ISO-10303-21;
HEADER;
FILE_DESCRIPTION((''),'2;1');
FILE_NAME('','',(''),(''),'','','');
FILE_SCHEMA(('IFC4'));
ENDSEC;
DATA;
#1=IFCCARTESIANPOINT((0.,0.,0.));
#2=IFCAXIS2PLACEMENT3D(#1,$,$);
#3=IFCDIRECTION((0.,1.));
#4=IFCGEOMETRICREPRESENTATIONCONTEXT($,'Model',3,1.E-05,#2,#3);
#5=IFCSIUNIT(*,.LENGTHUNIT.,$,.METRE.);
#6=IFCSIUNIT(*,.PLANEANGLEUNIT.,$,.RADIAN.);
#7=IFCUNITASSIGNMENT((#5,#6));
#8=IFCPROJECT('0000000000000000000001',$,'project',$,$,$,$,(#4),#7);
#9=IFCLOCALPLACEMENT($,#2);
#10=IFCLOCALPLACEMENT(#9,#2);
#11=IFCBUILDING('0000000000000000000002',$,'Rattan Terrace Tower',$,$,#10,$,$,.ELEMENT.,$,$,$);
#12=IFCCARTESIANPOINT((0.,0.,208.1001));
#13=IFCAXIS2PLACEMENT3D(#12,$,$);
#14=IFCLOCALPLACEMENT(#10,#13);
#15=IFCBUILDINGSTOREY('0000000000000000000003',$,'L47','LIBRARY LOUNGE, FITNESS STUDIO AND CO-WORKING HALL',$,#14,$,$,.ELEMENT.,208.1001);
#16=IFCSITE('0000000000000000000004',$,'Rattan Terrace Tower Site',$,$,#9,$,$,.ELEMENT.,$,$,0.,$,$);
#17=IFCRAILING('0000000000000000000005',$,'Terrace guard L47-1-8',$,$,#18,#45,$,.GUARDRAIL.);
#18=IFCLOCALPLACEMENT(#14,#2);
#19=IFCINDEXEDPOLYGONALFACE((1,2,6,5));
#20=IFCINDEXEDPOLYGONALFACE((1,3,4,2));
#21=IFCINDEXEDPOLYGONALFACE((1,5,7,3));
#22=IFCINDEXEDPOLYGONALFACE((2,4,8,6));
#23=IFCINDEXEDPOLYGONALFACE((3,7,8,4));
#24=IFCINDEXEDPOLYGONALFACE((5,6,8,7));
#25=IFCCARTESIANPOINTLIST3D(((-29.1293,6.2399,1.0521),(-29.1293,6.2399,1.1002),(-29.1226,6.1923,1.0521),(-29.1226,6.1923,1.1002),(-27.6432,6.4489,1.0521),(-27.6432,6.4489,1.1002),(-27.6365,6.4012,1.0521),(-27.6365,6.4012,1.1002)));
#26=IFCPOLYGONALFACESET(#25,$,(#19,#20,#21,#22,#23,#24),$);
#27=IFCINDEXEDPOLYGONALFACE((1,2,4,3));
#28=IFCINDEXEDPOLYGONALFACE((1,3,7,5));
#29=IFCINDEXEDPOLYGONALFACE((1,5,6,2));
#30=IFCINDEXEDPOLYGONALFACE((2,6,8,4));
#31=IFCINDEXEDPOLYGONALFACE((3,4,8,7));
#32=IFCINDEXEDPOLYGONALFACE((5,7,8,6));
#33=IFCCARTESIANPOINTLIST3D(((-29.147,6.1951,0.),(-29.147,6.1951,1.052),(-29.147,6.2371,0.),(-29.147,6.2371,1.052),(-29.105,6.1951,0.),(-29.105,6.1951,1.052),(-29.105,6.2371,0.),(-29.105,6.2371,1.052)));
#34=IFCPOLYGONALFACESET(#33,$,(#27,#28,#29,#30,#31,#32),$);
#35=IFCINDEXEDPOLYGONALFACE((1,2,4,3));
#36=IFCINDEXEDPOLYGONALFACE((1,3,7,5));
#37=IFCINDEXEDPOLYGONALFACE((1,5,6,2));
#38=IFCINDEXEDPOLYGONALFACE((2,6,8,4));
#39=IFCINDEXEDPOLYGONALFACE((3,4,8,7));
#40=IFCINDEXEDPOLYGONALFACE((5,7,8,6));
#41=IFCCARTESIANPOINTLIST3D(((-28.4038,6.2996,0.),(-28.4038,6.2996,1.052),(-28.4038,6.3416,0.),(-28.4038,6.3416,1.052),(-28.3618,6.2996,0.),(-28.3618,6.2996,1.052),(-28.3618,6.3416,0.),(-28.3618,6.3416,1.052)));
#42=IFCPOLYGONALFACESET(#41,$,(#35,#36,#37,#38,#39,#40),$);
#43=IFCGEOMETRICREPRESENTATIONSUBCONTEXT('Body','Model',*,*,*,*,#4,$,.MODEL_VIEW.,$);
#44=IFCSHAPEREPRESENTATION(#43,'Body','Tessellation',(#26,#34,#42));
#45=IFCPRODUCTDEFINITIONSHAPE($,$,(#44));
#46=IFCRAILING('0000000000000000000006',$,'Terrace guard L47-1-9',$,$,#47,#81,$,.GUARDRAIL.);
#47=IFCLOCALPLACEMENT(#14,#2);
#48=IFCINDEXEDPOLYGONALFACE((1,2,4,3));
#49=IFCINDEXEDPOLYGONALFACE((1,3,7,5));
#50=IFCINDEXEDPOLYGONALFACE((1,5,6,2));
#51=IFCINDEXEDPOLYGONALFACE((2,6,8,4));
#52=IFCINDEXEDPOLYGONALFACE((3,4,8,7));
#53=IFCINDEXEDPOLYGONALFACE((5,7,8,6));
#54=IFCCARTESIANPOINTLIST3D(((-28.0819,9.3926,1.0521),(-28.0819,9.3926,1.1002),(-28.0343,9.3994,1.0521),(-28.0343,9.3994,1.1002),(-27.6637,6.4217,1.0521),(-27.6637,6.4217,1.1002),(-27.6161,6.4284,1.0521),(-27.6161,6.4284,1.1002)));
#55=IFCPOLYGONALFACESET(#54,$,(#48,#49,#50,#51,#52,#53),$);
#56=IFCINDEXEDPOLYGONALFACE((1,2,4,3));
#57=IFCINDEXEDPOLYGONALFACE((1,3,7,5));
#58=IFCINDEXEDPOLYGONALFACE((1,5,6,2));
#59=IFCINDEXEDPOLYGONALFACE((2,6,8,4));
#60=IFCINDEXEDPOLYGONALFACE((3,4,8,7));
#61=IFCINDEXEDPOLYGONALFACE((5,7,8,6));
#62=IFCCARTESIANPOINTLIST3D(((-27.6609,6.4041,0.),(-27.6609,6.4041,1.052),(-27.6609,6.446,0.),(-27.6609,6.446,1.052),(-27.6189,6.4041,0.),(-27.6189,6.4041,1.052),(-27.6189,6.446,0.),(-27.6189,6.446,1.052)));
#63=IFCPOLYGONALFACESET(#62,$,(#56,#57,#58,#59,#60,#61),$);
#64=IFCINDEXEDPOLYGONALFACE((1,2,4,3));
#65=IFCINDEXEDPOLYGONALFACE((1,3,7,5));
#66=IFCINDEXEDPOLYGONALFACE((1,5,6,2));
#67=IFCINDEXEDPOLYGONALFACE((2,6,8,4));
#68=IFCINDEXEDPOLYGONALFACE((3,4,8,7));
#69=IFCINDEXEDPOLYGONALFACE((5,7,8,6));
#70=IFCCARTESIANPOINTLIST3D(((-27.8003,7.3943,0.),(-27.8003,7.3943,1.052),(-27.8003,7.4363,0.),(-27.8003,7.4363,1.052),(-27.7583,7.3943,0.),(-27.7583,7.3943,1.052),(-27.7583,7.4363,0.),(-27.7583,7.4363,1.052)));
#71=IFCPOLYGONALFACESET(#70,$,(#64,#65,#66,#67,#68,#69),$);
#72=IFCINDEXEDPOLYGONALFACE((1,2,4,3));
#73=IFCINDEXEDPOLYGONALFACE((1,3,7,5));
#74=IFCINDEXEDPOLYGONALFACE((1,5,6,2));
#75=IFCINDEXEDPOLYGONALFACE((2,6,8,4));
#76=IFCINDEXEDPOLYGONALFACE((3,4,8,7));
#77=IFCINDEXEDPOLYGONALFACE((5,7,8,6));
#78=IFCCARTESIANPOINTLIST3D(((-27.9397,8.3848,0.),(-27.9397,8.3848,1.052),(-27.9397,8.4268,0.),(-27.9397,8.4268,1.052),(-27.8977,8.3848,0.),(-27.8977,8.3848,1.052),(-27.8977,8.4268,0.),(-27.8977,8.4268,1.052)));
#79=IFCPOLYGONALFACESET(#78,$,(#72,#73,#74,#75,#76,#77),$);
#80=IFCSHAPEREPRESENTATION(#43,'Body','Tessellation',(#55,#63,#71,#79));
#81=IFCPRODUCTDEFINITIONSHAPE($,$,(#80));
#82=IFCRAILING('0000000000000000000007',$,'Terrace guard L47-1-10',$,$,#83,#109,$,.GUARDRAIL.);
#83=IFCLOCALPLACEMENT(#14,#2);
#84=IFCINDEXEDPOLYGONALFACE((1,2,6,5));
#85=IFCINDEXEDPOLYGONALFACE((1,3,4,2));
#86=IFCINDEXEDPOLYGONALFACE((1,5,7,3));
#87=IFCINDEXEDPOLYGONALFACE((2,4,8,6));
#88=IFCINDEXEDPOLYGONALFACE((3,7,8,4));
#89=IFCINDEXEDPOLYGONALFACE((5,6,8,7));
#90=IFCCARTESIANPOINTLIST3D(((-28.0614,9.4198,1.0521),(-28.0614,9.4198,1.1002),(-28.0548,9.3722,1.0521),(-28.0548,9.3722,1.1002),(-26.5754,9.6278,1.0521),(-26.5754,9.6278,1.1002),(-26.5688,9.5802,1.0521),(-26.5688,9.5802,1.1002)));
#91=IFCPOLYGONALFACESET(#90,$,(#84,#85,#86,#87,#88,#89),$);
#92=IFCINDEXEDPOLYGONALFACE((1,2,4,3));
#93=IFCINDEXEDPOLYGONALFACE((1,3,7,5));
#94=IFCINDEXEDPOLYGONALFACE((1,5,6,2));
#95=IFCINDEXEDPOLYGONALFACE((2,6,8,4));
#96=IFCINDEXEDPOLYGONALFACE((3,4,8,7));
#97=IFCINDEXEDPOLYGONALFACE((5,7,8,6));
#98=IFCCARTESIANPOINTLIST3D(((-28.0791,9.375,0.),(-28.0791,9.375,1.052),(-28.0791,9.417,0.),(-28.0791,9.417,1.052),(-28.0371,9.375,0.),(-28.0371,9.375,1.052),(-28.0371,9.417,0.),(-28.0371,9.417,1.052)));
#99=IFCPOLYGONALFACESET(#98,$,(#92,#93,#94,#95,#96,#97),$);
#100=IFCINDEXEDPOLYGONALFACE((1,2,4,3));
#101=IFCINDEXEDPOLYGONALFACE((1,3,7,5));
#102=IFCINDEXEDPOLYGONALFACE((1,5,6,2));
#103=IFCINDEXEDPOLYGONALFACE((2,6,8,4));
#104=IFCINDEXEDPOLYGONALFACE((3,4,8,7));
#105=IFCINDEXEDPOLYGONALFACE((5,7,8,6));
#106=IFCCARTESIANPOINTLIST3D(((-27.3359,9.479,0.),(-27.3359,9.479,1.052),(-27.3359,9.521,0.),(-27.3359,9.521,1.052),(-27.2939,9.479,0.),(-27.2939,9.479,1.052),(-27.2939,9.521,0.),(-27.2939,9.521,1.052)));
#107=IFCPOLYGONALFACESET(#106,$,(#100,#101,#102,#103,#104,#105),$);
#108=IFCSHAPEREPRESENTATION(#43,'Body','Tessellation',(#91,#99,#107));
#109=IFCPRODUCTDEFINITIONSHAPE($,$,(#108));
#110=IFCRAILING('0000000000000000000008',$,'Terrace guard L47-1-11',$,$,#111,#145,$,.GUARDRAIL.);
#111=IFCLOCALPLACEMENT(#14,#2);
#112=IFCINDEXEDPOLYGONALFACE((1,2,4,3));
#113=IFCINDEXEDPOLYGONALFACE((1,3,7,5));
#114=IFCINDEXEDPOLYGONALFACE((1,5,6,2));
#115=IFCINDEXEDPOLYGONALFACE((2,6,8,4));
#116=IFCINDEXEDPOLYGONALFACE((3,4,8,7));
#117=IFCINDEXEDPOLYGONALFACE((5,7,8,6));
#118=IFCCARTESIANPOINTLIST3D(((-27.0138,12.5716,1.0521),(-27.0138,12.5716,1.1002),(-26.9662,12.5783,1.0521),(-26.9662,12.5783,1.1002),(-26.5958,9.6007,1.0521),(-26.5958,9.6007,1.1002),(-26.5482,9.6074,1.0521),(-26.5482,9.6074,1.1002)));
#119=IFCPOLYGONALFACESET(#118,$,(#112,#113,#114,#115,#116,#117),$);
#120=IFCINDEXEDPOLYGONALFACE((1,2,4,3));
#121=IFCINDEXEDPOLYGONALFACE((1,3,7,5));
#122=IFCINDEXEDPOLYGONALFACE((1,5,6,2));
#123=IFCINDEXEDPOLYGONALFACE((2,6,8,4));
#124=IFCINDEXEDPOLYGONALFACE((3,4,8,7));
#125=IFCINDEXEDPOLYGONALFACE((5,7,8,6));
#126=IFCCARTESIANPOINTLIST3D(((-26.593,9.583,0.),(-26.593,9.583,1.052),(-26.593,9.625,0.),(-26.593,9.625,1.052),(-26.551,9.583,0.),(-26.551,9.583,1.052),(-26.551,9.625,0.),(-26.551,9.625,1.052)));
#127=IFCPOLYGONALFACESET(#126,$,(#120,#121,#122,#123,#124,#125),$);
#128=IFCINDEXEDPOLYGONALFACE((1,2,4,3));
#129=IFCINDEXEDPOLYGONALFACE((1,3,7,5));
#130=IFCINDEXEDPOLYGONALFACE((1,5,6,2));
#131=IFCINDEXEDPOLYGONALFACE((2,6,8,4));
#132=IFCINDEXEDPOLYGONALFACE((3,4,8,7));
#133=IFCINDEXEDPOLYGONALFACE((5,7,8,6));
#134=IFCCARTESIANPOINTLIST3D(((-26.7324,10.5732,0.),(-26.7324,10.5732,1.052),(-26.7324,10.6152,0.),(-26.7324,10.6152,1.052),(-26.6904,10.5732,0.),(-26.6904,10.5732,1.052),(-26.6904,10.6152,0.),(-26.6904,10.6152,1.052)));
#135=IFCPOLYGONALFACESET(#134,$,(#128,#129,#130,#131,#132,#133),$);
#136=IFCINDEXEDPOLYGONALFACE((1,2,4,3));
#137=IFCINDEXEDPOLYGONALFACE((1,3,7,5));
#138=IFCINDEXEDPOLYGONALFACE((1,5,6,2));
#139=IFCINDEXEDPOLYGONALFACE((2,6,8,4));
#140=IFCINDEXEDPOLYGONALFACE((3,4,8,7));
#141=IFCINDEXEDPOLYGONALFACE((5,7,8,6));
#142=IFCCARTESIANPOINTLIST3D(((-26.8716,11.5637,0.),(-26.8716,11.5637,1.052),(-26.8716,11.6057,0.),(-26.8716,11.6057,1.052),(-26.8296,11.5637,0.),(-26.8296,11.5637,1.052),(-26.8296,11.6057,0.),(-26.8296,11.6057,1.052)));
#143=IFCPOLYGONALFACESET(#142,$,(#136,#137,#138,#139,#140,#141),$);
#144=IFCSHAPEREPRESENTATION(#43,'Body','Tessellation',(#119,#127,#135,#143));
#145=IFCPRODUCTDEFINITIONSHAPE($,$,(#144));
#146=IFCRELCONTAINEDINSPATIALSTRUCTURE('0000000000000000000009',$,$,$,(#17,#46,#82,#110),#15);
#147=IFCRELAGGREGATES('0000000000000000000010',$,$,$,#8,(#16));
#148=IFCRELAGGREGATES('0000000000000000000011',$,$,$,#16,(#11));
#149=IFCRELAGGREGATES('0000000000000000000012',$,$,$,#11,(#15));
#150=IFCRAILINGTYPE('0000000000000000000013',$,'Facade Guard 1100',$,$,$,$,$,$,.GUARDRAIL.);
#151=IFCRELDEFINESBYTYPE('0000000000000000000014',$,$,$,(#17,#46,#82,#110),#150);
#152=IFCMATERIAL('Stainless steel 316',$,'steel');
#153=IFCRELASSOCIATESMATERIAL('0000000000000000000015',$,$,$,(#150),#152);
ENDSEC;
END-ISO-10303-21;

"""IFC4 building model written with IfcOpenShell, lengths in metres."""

from ifc_helpers import new_model, si_unit, direction, frame, origin, origin_2d, place, context, subcontext, project, spatial, rectangle, extrude, material, type_object, element, save


model = new_model("IFC4")

# Units and contexts
model_context = context("Model", 3, precision=1e-05, world=origin(), true_north=direction((0.0, 1.0)))
body_context = subcontext(model_context, "Body", "Model", "MODEL_VIEW")
ifc_project = project(units=[si_unit("LENGTHUNIT", "METRE"), si_unit("PLANEANGLEUNIT", "RADIAN")], contexts=[model_context])

# Site, building, storey
site_placement = place(None, origin())
site = spatial("IfcSite", under=ifc_project, at=site_placement, Name="Rattan Terrace Tower Site", CompositionType="ELEMENT", RefElevation=0.0)
building_placement = place(site_placement, origin())
building = spatial("IfcBuilding", under=site, at=building_placement, Name="Rattan Terrace Tower", CompositionType="ELEMENT")
storey_placement = place(building_placement, frame((0.0, 0.0, 208.1001)))
storey = spatial("IfcBuildingStorey", under=building, at=storey_placement, Name="L47", Description="LIBRARY LOUNGE, FITNESS STUDIO AND CO-WORKING HALL", CompositionType="ELEMENT", Elevation=208.1001)

# Railings
ifc_material_1 = material(Name="Stainless steel 316", Category="steel")
railing_type_1 = type_object("IfcRailingType", Name="Facade Guard 1100", PredefinedType="GUARDRAIL", material=ifc_material_1)
railing_1_placement = place(storey_placement, frame((-29.126, 6.2161, 0.0)))
element("IfcRailing", 1, at=railing_1_placement, inside=storey, type_object=railing_type_1, Name="Terrace guard L47-1-8", PredefinedType="GUARDRAIL", context=body_context, shape_type="SweptSolid", body=[
    extrude(rectangle(XDim=0.0481, YDim=0.0481, at=origin_2d()), frame((0.0, 0.0, 1.0762), z_axis=(0.990256, 0.139257, 0.0), x_axis=(-0.139257, 0.990256, 0.0)), (0.0, 0.0, 1.0), 1.5007),
    extrude(rectangle(XDim=0.042, YDim=0.042, at=origin_2d()), origin(), (0.0, 0.0, 1.0), 1.052),
    extrude(rectangle(XDim=0.042, YDim=0.042, at=origin_2d()), frame((0.7432, 0.1045, 0.0)), (0.0, 0.0, 1.0), 1.052),
])
railing_2_placement = place(storey_placement, frame((-27.6399, 6.425, 0.0)))
element("IfcRailing", 2, at=railing_2_placement, inside=storey, type_object=railing_type_1, Name="Terrace guard L47-1-9", PredefinedType="GUARDRAIL", context=body_context, shape_type="SweptSolid", body=[
    extrude(rectangle(XDim=0.0481, YDim=0.0481, at=origin_2d()), frame((0.0, 0.0, 1.0762), z_axis=(-0.139393, 0.990237, 0.0), x_axis=(-0.990237, -0.139393, 0.0)), (0.0, 0.0, 1.0), 3.0002),
    extrude(rectangle(XDim=0.042, YDim=0.042, at=origin_2d()), origin(), (0.0, 0.0, 1.0), 1.052),
    extrude(rectangle(XDim=0.042, YDim=0.042, at=origin_2d()), frame((-0.1394, 0.9902, 0.0)), (0.0, 0.0, 1.0), 1.052),
    extrude(rectangle(XDim=0.042, YDim=0.042, at=origin_2d()), frame((-0.2788, 1.9807, 0.0)), (0.0, 0.0, 1.0), 1.052),
])
railing_3_placement = place(storey_placement, frame((-28.0581, 9.396, 0.0)))
element("IfcRailing", 3, at=railing_3_placement, inside=storey, type_object=railing_type_1, Name="Terrace guard L47-1-10", PredefinedType="GUARDRAIL", context=body_context, shape_type="SweptSolid", body=[
    extrude(rectangle(XDim=0.0481, YDim=0.0481, at=origin_2d()), frame((0.0, 0.0, 1.0762), z_axis=(0.990346, 0.138619, 0.0), x_axis=(-0.138619, 0.990346, 0.0)), (0.0, 0.0, 1.0), 1.5005),
    extrude(rectangle(XDim=0.042, YDim=0.042, at=origin_2d()), origin(), (0.0, 0.0, 1.0), 1.052),
    extrude(rectangle(XDim=0.042, YDim=0.042, at=origin_2d()), frame((0.7432, 0.104, 0.0)), (0.0, 0.0, 1.0), 1.052),
])
railing_4_placement = place(storey_placement, frame((-26.572, 9.604, 0.0)))
element("IfcRailing", 4, at=railing_4_placement, inside=storey, type_object=railing_type_1, Name="Terrace guard L47-1-11", PredefinedType="GUARDRAIL", context=body_context, shape_type="SweptSolid", body=[
    extrude(rectangle(XDim=0.0481, YDim=0.0481, at=origin_2d()), frame((0.0, 0.0, 1.0762), z_axis=(-0.139313, 0.990248, 0.0), x_axis=(-0.990248, -0.139313, 0.0)), (0.0, 0.0, 1.0), 3.0002),
    extrude(rectangle(XDim=0.042, YDim=0.042, at=origin_2d()), origin(), (0.0, 0.0, 1.0), 1.052),
    extrude(rectangle(XDim=0.042, YDim=0.042, at=origin_2d()), frame((-0.1394, 0.9902, 0.0)), (0.0, 0.0, 1.0), 1.052),
    extrude(rectangle(XDim=0.042, YDim=0.042, at=origin_2d()), frame((-0.2786, 1.9807, 0.0)), (0.0, 0.0, 1.0), 1.052),
])

save(model, "model.ifc")
